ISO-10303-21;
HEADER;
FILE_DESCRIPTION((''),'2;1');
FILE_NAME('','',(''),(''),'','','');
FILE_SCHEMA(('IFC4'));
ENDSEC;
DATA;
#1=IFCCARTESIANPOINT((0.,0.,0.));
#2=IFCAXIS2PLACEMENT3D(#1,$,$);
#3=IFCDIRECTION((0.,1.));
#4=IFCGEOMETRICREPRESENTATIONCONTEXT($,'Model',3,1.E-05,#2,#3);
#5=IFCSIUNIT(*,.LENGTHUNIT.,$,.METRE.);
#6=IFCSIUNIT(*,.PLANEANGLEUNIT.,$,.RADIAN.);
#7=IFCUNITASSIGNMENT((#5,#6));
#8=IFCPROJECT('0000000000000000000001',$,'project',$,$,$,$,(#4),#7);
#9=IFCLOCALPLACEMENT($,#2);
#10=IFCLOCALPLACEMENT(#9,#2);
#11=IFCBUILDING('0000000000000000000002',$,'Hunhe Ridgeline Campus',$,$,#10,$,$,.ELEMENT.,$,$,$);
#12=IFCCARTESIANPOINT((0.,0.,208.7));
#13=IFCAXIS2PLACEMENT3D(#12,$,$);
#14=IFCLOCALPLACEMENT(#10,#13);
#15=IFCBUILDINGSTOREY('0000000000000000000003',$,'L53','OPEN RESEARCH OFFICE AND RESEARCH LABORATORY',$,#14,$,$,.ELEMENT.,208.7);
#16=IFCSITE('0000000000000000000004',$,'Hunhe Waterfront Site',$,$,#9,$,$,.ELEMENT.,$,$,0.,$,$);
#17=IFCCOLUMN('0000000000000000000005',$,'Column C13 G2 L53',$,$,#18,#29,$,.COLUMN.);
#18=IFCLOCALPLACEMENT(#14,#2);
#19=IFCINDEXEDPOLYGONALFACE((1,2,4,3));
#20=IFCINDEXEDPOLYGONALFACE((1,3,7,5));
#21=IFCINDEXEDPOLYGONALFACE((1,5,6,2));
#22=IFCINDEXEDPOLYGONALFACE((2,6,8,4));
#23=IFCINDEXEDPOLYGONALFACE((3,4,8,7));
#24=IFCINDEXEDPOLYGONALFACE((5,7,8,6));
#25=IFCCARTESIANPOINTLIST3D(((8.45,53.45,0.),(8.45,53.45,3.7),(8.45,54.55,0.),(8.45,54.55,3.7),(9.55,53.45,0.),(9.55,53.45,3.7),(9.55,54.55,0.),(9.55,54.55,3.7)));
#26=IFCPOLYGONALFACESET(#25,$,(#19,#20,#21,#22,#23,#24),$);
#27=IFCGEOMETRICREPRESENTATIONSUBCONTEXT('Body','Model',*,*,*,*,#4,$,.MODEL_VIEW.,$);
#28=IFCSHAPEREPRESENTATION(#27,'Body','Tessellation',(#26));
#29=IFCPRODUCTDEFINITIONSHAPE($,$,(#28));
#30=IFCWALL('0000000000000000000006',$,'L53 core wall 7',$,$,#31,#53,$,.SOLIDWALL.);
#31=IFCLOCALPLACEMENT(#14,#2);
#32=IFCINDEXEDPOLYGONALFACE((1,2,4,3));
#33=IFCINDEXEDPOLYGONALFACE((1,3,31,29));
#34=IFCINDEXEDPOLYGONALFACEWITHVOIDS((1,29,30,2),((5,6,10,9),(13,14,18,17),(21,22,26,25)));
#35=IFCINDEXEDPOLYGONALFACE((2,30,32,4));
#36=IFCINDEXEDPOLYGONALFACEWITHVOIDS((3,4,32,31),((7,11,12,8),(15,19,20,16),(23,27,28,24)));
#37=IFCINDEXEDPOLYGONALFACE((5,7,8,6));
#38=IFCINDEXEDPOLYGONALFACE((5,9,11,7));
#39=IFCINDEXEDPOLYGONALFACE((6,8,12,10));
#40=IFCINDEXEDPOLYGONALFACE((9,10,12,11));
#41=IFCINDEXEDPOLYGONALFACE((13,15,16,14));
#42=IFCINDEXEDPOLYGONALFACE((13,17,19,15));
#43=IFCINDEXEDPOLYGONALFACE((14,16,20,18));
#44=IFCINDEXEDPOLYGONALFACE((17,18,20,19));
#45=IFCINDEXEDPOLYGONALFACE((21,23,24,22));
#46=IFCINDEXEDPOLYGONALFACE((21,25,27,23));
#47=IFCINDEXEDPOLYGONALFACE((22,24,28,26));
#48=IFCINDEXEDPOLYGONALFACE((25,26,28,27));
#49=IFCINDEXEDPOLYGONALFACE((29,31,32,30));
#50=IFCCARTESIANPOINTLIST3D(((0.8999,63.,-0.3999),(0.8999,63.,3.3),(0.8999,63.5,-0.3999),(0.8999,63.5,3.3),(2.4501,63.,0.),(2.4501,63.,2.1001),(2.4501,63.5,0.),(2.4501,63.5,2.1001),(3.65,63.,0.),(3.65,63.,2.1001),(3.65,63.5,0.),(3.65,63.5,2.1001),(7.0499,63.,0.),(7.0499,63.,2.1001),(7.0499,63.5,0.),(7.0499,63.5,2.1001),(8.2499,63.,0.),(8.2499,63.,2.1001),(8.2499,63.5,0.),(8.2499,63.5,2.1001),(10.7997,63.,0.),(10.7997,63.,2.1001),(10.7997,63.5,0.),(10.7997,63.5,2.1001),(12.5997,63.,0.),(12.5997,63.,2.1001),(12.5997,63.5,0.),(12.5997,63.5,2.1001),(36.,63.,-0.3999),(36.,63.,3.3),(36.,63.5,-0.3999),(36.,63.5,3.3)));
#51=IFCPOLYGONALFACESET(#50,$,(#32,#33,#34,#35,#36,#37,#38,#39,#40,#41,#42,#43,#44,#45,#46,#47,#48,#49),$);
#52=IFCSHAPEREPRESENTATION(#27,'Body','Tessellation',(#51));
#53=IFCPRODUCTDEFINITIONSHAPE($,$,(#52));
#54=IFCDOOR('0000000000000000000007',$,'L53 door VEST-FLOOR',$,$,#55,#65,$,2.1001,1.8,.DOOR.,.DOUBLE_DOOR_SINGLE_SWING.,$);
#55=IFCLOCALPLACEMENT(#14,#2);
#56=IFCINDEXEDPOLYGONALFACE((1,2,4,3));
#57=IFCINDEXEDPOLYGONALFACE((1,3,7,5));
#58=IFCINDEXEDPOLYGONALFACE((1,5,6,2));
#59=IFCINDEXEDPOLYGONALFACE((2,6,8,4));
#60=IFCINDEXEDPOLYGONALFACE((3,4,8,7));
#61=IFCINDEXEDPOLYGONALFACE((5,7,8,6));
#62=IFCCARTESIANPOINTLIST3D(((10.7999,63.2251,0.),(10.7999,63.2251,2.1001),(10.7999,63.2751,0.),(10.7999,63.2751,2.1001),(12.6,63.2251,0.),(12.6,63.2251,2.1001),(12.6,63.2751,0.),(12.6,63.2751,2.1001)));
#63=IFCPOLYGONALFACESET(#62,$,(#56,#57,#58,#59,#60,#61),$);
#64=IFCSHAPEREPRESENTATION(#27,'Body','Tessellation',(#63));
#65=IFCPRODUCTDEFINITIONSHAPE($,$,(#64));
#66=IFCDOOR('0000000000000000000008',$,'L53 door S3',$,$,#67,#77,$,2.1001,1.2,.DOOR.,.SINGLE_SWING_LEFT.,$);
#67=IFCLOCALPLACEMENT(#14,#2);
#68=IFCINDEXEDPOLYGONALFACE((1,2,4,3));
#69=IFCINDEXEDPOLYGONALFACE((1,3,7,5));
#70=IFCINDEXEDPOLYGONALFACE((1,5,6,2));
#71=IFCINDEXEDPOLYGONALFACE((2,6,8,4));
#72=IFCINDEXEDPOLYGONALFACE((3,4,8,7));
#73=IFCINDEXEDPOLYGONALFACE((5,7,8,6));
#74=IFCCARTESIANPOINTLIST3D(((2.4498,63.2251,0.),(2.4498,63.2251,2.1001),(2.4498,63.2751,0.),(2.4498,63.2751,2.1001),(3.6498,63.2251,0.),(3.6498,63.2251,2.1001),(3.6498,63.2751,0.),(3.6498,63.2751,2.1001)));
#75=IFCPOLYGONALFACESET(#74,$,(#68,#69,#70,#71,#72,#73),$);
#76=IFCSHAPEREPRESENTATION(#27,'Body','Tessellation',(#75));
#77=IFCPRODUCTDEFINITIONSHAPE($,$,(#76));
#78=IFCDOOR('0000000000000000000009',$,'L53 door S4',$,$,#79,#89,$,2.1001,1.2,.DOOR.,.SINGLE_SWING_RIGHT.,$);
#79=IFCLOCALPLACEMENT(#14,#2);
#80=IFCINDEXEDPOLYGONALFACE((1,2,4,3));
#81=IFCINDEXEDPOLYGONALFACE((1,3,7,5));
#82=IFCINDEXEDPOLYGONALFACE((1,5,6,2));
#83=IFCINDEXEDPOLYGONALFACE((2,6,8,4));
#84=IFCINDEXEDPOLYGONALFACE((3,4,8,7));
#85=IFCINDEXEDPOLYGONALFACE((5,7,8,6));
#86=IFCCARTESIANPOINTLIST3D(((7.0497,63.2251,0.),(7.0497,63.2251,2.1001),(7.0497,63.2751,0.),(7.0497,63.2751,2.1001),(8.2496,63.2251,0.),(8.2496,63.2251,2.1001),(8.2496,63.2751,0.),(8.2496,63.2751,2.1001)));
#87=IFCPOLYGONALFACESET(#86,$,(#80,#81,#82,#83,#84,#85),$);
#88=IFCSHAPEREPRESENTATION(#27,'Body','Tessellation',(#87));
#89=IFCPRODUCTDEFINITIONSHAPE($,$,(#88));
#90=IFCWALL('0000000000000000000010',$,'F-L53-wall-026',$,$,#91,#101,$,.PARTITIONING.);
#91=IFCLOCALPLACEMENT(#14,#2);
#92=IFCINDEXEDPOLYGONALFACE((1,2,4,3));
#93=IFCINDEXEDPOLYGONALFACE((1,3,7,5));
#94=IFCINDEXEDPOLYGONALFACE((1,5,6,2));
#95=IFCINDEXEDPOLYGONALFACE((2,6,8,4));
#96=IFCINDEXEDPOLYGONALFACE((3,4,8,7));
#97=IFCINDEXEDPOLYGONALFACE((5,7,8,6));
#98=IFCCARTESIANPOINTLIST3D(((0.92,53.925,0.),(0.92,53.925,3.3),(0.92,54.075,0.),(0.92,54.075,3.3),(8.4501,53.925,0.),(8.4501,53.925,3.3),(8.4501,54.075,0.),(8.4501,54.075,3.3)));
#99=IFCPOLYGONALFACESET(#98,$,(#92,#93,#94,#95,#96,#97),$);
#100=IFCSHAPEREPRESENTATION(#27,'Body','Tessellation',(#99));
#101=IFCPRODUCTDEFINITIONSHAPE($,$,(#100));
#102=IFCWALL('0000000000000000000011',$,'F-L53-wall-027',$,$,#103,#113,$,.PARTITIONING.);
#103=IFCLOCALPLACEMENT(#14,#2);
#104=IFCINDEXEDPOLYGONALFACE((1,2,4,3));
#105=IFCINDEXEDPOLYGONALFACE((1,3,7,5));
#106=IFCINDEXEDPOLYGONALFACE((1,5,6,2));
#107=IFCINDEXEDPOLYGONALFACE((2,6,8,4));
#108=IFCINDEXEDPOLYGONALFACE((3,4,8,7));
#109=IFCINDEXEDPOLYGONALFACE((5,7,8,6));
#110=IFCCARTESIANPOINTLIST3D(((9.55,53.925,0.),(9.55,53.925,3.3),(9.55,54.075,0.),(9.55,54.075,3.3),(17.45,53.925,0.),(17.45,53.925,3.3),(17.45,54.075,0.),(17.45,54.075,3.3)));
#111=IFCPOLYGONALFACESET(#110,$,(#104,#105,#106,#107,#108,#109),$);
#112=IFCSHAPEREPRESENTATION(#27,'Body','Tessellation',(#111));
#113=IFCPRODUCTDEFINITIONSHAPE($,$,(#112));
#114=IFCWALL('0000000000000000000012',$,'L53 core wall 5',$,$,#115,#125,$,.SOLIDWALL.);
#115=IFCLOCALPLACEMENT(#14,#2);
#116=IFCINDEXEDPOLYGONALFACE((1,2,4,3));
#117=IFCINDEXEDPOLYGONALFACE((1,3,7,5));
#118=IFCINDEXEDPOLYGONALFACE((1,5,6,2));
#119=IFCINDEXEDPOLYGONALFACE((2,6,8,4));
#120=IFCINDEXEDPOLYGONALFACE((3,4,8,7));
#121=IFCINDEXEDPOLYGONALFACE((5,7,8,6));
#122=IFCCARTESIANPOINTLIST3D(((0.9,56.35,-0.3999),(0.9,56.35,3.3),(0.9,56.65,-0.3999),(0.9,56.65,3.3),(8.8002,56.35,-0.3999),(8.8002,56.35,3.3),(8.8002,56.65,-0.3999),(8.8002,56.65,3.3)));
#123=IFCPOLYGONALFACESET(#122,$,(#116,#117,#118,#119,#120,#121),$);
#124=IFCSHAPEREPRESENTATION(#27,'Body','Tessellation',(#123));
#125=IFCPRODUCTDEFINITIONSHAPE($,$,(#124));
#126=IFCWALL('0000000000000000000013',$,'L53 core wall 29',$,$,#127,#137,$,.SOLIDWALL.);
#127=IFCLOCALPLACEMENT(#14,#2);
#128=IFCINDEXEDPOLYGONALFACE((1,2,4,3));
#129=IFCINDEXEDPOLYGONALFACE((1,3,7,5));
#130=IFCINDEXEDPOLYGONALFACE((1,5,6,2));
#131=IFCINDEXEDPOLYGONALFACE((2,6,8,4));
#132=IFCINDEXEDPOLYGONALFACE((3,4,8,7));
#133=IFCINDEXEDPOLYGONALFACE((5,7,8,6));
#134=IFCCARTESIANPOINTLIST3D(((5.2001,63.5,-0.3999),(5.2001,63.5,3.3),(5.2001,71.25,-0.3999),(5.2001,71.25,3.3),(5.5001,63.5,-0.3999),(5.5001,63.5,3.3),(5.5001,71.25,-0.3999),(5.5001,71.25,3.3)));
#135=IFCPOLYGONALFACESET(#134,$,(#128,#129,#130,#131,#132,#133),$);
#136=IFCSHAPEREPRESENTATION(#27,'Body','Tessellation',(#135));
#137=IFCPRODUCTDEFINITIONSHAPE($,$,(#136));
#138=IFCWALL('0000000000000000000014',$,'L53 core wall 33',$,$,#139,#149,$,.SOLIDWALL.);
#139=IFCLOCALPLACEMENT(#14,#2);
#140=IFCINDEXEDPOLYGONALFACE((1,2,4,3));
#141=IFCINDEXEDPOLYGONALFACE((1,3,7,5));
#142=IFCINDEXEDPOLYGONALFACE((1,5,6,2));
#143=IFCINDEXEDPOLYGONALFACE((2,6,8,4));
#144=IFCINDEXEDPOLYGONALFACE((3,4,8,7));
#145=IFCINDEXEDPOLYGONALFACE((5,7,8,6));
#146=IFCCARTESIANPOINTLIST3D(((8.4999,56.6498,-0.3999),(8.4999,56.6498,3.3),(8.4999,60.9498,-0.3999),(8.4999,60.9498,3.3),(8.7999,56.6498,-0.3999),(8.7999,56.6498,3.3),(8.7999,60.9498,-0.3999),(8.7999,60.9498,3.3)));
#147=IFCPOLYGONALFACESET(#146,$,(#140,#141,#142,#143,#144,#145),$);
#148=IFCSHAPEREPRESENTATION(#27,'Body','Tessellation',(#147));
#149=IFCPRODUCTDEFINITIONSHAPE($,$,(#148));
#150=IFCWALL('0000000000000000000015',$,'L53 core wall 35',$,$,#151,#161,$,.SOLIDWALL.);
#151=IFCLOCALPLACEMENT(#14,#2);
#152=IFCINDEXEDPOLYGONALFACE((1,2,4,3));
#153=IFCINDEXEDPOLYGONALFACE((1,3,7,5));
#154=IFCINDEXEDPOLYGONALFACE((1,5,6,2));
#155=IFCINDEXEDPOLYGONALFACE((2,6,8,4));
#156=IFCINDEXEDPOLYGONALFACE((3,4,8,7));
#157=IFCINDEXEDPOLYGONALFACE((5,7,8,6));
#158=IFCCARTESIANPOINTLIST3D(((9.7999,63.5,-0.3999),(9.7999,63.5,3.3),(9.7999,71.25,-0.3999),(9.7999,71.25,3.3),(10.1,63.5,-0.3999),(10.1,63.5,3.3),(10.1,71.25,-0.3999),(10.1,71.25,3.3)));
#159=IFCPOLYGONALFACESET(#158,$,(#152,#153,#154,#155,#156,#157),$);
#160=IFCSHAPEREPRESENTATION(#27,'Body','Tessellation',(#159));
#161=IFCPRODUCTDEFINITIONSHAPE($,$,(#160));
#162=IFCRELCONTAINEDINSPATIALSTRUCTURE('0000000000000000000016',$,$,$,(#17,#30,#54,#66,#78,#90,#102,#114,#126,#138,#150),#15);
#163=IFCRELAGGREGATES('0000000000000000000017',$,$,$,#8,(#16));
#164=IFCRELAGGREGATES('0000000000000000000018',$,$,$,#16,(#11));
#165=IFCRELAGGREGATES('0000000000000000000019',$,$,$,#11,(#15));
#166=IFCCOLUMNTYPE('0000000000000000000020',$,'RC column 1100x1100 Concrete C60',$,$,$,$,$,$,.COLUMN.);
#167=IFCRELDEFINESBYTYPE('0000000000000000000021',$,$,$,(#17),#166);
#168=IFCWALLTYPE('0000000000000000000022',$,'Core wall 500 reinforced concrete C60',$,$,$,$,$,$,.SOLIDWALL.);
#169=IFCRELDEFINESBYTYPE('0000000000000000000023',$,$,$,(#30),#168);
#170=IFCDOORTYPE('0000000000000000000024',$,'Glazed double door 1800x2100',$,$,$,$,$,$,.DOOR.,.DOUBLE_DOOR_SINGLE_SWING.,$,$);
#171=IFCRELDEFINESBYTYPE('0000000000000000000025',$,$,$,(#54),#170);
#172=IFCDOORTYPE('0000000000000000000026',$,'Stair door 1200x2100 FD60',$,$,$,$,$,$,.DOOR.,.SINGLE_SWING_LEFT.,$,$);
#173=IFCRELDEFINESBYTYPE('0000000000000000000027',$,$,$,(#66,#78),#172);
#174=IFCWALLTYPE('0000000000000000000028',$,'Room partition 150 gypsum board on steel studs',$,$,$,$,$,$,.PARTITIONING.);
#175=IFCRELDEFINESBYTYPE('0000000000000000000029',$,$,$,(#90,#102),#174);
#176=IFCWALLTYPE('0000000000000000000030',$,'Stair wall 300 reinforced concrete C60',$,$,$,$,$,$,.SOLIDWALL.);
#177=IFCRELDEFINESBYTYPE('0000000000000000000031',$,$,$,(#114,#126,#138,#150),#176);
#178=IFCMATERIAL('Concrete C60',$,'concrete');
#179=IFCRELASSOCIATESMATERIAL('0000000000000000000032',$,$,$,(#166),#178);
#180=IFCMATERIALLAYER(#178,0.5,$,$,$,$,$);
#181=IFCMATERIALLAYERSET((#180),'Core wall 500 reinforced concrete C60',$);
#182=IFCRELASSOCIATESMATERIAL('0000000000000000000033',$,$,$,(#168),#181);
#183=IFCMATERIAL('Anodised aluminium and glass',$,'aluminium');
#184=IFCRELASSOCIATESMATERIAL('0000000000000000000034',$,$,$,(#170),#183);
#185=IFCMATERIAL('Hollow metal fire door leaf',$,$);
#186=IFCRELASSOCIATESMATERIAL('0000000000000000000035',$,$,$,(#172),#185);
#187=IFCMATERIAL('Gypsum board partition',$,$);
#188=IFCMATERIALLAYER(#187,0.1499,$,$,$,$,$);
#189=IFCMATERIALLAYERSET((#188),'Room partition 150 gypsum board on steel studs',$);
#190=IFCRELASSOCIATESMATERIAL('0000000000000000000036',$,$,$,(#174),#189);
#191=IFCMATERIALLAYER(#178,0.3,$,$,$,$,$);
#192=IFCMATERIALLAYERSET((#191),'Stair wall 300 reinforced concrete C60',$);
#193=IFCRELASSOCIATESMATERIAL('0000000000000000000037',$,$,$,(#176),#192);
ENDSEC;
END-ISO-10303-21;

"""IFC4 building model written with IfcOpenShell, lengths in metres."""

from ifc_helpers import new_model, si_unit, direction, frame, frame_2d, origin, origin_2d, place, context, subcontext, project, spatial, rectangle, extrude, material, layer, layer_set, material_profile, profile_set, type_object, element, fill, save


model = new_model("IFC4")

# Units and contexts
model_context = context("Model", 3, precision=1e-05, world=origin(), true_north=direction((0.0, 1.0)))
body_context = subcontext(model_context, "Body", "Model", "MODEL_VIEW")
ifc_project = project(units=[si_unit("LENGTHUNIT", "METRE"), si_unit("PLANEANGLEUNIT", "RADIAN")], contexts=[model_context])

# Site, building, storey
site_placement = place(None, origin())
site = spatial("IfcSite", under=ifc_project, at=site_placement, Name="Hunhe Waterfront Site", CompositionType="ELEMENT", RefElevation=0.0)
building_placement = place(site_placement, origin())
building = spatial("IfcBuilding", under=site, at=building_placement, Name="Hunhe Ridgeline Campus", CompositionType="ELEMENT")
storey_placement = place(building_placement, frame((0.0, 0.0, 208.7)))
storey = spatial("IfcBuildingStorey", under=building, at=storey_placement, Name="L53", Description="OPEN RESEARCH OFFICE AND RESEARCH LABORATORY", CompositionType="ELEMENT", Elevation=208.7)

# Column
ifc_material_1 = material(Name="Concrete C60", Category="concrete")
ifc_material_profile = material_profile(ifc_material_1, rectangle(XDim=1.1001, YDim=1.1001, at=origin_2d()))
ifc_profile_set = profile_set([ifc_material_profile], Name="Concrete C60")
column_type = type_object("IfcColumnType", Name="RC column 1100x1100 Concrete C60", PredefinedType="COLUMN", material=ifc_profile_set)
column_placement = place(storey_placement, frame((9.0, 54.0, 0.0), z_axis=(0.0, 0.0, 1.0), x_axis=(1.0, 0.0, 0.0)))
element("IfcColumn", 1, at=column_placement, inside=storey, type_object=column_type, Name="Column C13 G2 L53", PredefinedType="COLUMN", context=body_context, shape_type="SweptSolid", body=[
    extrude(rectangle(XDim=1.1001, YDim=1.1001, at=origin_2d()), origin(), (0.0, 0.0, 1.0), 3.7),
])

# Wall, openings, doors
ifc_layer_1 = layer(ifc_material_1, 0.5)
ifc_layer_set_1 = layer_set([ifc_layer_1], Name="Core wall 500 reinforced concrete C60")
wall_type_1 = type_object("IfcWallType", Name="Core wall 500 reinforced concrete C60", PredefinedType="SOLIDWALL", material=ifc_layer_set_1)
wall_1_placement = place(storey_placement, frame((0.8999, 63.25, -0.3999), z_axis=(0.0, 0.0, 1.0), x_axis=(1.0, 0.0, 0.0)))
wall_1 = element("IfcWall", 2, at=wall_1_placement, inside=storey, type_object=wall_type_1, Name="L53 core wall 7", PredefinedType="SOLIDWALL", context=body_context, shape_type="SweptSolid", body=[
    extrude(rectangle(XDim=35.1001, YDim=0.5, at=frame_2d((17.55, 0.0))), origin(), (0.0, 0.0, 1.0), 3.7),
])
opening_1_placement = place(wall_1_placement, frame((9.8999, 0.0, 0.3999)))
opening_1 = element("IfcOpeningElement", 3, at=opening_1_placement, cuts=wall_1, PredefinedType="OPENING", context=body_context, shape_type="SweptSolid", body=[
    extrude(rectangle(XDim=1.8, YDim=2.1001, at=frame_2d((0.8999, 1.05))), frame((0.0, 0.25, 0.0), z_axis=(0.0, -1.0, 0.0), x_axis=(1.0, 0.0, 0.0)), (0.0, 0.0, 1.0), 0.5),
])
opening_2_placement = place(wall_1_placement, frame((1.55, 0.0, 0.3999)))
opening_2 = element("IfcOpeningElement", 4, at=opening_2_placement, cuts=wall_1, PredefinedType="OPENING", context=body_context, shape_type="SweptSolid", body=[
    extrude(rectangle(XDim=1.2, YDim=2.1001, at=frame_2d((0.6001, 1.05))), frame((0.0, 0.25, 0.0), z_axis=(0.0, -1.0, 0.0), x_axis=(1.0, 0.0, 0.0)), (0.0, 0.0, 1.0), 0.5),
])
opening_3_placement = place(wall_1_placement, frame((6.1499, 0.0, 0.3999)))
opening_3 = element("IfcOpeningElement", 5, at=opening_3_placement, cuts=wall_1, PredefinedType="OPENING", context=body_context, shape_type="SweptSolid", body=[
    extrude(rectangle(XDim=1.2, YDim=2.1001, at=frame_2d((0.6001, 1.05))), frame((0.0, 0.25, 0.0), z_axis=(0.0, -1.0, 0.0), x_axis=(1.0, 0.0, 0.0)), (0.0, 0.0, 1.0), 0.5),
])
ifc_material_2 = material(Name="Anodised aluminium and glass", Category="aluminium")
door_type_1 = type_object("IfcDoorType", Name="Glazed double door 1800x2100", OperationType="DOUBLE_DOOR_SINGLE_SWING", PredefinedType="DOOR", material=ifc_material_2)
door_1_placement = place(opening_1_placement, frame((1.8, 0.0, 0.0), z_axis=(0.0, 0.0, 1.0), x_axis=(-1.0, 0.0, 0.0)))
door_1 = element("IfcDoor", 6, at=door_1_placement, inside=storey, type_object=door_type_1, Name="L53 door VEST-FLOOR", OperationType="DOUBLE_DOOR_SINGLE_SWING", OverallHeight=2.1001, OverallWidth=1.8, PredefinedType="DOOR", context=body_context, shape_type="SweptSolid", body=[
    extrude(rectangle(XDim=1.8, YDim=2.1001, at=frame_2d((0.8999, 1.05))), frame((0.0, 0.0249, 0.0), z_axis=(0.0, -1.0, 0.0), x_axis=(1.0, 0.0, 0.0)), (0.0, 0.0, 1.0), 0.05),
])
fill(opening_1, door_1)
ifc_material_3 = material(Name="Hollow metal fire door leaf")
door_type_2 = type_object("IfcDoorType", Name="Stair door 1200x2100 FD60", OperationType="SINGLE_SWING_LEFT", PredefinedType="DOOR", material=ifc_material_3)
door_2_placement = place(opening_2_placement, frame((1.2, 0.0, 0.0), z_axis=(0.0, 0.0, 1.0), x_axis=(-1.0, 0.0, 0.0)))
door_2 = element("IfcDoor", 7, at=door_2_placement, inside=storey, type_object=door_type_2, Name="L53 door S3", OperationType="SINGLE_SWING_LEFT", OverallHeight=2.1001, OverallWidth=1.2, PredefinedType="DOOR", context=body_context, shape_type="SweptSolid", body=[
    extrude(rectangle(XDim=1.2, YDim=2.1001, at=frame_2d((0.6001, 1.05))), frame((0.0, 0.0249, 0.0), z_axis=(0.0, -1.0, 0.0), x_axis=(1.0, 0.0, 0.0)), (0.0, 0.0, 1.0), 0.05),
])
fill(opening_2, door_2)
door_3_placement = place(opening_3_placement, frame((1.2, 0.0, 0.0), z_axis=(0.0, 0.0, 1.0), x_axis=(-1.0, 0.0, 0.0)))
door_3 = element("IfcDoor", 8, at=door_3_placement, inside=storey, type_object=door_type_2, Name="L53 door S4", OperationType="SINGLE_SWING_RIGHT", OverallHeight=2.1001, OverallWidth=1.2, PredefinedType="DOOR", context=body_context, shape_type="SweptSolid", body=[
    extrude(rectangle(XDim=1.2, YDim=2.1001, at=frame_2d((0.6001, 1.05))), frame((0.0, 0.0249, 0.0), z_axis=(0.0, -1.0, 0.0), x_axis=(1.0, 0.0, 0.0)), (0.0, 0.0, 1.0), 0.05),
])
fill(opening_3, door_3)

# Walls
ifc_material_4 = material(Name="Gypsum board partition")
ifc_layer_2 = layer(ifc_material_4, 0.1499)
ifc_layer_set_2 = layer_set([ifc_layer_2], Name="Room partition 150 gypsum board on steel studs")
wall_type_2 = type_object("IfcWallType", Name="Room partition 150 gypsum board on steel studs", PredefinedType="PARTITIONING", material=ifc_layer_set_2)
wall_2_placement = place(storey_placement, frame((0.9199, 54.0, 0.0), z_axis=(0.0, 0.0, 1.0), x_axis=(1.0, 0.0, 0.0)))
element("IfcWall", 9, at=wall_2_placement, inside=storey, type_object=wall_type_2, Name="F-L53-wall-026", PredefinedType="PARTITIONING", context=body_context, shape_type="SweptSolid", body=[
    extrude(rectangle(XDim=7.53, YDim=0.1499, at=frame_2d((3.7651, 0.0))), origin(), (0.0, 0.0, 1.0), 3.3),
])
wall_3_placement = place(storey_placement, frame((9.55, 54.0, 0.0), z_axis=(0.0, 0.0, 1.0), x_axis=(1.0, 0.0, 0.0)))
element("IfcWall", 10, at=wall_3_placement, inside=storey, type_object=wall_type_2, Name="F-L53-wall-027", PredefinedType="PARTITIONING", context=body_context, shape_type="SweptSolid", body=[
    extrude(rectangle(XDim=7.8999, YDim=0.1499, at=frame_2d((3.95, 0.0))), origin(), (0.0, 0.0, 1.0), 3.3),
])
ifc_layer_3 = layer(ifc_material_1, 0.3)
ifc_layer_set_3 = layer_set([ifc_layer_3], Name="Stair wall 300 reinforced concrete C60")
wall_type_3 = type_object("IfcWallType", Name="Stair wall 300 reinforced concrete C60", PredefinedType="SOLIDWALL", material=ifc_layer_set_3)
wall_4_placement = place(storey_placement, frame((0.8999, 56.5, -0.3999), z_axis=(0.0, 0.0, 1.0), x_axis=(1.0, 0.0, 0.0)))
element("IfcWall", 11, at=wall_4_placement, inside=storey, type_object=wall_type_3, Name="L53 core wall 5", PredefinedType="SOLIDWALL", context=body_context, shape_type="SweptSolid", body=[
    extrude(rectangle(XDim=7.9001, YDim=0.3, at=frame_2d((3.9502, 0.0))), origin(), (0.0, 0.0, 1.0), 3.7),
])

# Walls
wall_5_placement = place(storey_placement, frame((5.3501, 63.5, -0.3999), z_axis=(0.0, 0.0, 1.0), x_axis=(0.0, 1.0, 0.0)))
element("IfcWall", 12, at=wall_5_placement, inside=storey, type_object=wall_type_3, Name="L53 core wall 29", PredefinedType="SOLIDWALL", context=body_context, shape_type="SweptSolid", body=[
    extrude(rectangle(XDim=7.75, YDim=0.3, at=frame_2d((3.875, 0.0))), origin(), (0.0, 0.0, 1.0), 3.7),
])
wall_6_placement = place(storey_placement, frame((8.6499, 56.6499, -0.3999), z_axis=(0.0, 0.0, 1.0), x_axis=(0.0, 1.0, 0.0)))
element("IfcWall", 13, at=wall_6_placement, inside=storey, type_object=wall_type_3, Name="L53 core wall 33", PredefinedType="SOLIDWALL", context=body_context, shape_type="SweptSolid", body=[
    extrude(rectangle(XDim=4.3, YDim=0.3, at=frame_2d((2.1499, 0.0))), origin(), (0.0, 0.0, 1.0), 3.7),
])
wall_7_placement = place(storey_placement, frame((9.95, 63.5, -0.3999), z_axis=(0.0, 0.0, 1.0), x_axis=(0.0, 1.0, 0.0)))
element("IfcWall", 14, at=wall_7_placement, inside=storey, type_object=wall_type_3, Name="L53 core wall 35", PredefinedType="SOLIDWALL", context=body_context, shape_type="SweptSolid", body=[
    extrude(rectangle(XDim=7.75, YDim=0.3, at=frame_2d((3.875, 0.0))), origin(), (0.0, 0.0, 1.0), 3.7),
])

save(model, "model.ifc")
